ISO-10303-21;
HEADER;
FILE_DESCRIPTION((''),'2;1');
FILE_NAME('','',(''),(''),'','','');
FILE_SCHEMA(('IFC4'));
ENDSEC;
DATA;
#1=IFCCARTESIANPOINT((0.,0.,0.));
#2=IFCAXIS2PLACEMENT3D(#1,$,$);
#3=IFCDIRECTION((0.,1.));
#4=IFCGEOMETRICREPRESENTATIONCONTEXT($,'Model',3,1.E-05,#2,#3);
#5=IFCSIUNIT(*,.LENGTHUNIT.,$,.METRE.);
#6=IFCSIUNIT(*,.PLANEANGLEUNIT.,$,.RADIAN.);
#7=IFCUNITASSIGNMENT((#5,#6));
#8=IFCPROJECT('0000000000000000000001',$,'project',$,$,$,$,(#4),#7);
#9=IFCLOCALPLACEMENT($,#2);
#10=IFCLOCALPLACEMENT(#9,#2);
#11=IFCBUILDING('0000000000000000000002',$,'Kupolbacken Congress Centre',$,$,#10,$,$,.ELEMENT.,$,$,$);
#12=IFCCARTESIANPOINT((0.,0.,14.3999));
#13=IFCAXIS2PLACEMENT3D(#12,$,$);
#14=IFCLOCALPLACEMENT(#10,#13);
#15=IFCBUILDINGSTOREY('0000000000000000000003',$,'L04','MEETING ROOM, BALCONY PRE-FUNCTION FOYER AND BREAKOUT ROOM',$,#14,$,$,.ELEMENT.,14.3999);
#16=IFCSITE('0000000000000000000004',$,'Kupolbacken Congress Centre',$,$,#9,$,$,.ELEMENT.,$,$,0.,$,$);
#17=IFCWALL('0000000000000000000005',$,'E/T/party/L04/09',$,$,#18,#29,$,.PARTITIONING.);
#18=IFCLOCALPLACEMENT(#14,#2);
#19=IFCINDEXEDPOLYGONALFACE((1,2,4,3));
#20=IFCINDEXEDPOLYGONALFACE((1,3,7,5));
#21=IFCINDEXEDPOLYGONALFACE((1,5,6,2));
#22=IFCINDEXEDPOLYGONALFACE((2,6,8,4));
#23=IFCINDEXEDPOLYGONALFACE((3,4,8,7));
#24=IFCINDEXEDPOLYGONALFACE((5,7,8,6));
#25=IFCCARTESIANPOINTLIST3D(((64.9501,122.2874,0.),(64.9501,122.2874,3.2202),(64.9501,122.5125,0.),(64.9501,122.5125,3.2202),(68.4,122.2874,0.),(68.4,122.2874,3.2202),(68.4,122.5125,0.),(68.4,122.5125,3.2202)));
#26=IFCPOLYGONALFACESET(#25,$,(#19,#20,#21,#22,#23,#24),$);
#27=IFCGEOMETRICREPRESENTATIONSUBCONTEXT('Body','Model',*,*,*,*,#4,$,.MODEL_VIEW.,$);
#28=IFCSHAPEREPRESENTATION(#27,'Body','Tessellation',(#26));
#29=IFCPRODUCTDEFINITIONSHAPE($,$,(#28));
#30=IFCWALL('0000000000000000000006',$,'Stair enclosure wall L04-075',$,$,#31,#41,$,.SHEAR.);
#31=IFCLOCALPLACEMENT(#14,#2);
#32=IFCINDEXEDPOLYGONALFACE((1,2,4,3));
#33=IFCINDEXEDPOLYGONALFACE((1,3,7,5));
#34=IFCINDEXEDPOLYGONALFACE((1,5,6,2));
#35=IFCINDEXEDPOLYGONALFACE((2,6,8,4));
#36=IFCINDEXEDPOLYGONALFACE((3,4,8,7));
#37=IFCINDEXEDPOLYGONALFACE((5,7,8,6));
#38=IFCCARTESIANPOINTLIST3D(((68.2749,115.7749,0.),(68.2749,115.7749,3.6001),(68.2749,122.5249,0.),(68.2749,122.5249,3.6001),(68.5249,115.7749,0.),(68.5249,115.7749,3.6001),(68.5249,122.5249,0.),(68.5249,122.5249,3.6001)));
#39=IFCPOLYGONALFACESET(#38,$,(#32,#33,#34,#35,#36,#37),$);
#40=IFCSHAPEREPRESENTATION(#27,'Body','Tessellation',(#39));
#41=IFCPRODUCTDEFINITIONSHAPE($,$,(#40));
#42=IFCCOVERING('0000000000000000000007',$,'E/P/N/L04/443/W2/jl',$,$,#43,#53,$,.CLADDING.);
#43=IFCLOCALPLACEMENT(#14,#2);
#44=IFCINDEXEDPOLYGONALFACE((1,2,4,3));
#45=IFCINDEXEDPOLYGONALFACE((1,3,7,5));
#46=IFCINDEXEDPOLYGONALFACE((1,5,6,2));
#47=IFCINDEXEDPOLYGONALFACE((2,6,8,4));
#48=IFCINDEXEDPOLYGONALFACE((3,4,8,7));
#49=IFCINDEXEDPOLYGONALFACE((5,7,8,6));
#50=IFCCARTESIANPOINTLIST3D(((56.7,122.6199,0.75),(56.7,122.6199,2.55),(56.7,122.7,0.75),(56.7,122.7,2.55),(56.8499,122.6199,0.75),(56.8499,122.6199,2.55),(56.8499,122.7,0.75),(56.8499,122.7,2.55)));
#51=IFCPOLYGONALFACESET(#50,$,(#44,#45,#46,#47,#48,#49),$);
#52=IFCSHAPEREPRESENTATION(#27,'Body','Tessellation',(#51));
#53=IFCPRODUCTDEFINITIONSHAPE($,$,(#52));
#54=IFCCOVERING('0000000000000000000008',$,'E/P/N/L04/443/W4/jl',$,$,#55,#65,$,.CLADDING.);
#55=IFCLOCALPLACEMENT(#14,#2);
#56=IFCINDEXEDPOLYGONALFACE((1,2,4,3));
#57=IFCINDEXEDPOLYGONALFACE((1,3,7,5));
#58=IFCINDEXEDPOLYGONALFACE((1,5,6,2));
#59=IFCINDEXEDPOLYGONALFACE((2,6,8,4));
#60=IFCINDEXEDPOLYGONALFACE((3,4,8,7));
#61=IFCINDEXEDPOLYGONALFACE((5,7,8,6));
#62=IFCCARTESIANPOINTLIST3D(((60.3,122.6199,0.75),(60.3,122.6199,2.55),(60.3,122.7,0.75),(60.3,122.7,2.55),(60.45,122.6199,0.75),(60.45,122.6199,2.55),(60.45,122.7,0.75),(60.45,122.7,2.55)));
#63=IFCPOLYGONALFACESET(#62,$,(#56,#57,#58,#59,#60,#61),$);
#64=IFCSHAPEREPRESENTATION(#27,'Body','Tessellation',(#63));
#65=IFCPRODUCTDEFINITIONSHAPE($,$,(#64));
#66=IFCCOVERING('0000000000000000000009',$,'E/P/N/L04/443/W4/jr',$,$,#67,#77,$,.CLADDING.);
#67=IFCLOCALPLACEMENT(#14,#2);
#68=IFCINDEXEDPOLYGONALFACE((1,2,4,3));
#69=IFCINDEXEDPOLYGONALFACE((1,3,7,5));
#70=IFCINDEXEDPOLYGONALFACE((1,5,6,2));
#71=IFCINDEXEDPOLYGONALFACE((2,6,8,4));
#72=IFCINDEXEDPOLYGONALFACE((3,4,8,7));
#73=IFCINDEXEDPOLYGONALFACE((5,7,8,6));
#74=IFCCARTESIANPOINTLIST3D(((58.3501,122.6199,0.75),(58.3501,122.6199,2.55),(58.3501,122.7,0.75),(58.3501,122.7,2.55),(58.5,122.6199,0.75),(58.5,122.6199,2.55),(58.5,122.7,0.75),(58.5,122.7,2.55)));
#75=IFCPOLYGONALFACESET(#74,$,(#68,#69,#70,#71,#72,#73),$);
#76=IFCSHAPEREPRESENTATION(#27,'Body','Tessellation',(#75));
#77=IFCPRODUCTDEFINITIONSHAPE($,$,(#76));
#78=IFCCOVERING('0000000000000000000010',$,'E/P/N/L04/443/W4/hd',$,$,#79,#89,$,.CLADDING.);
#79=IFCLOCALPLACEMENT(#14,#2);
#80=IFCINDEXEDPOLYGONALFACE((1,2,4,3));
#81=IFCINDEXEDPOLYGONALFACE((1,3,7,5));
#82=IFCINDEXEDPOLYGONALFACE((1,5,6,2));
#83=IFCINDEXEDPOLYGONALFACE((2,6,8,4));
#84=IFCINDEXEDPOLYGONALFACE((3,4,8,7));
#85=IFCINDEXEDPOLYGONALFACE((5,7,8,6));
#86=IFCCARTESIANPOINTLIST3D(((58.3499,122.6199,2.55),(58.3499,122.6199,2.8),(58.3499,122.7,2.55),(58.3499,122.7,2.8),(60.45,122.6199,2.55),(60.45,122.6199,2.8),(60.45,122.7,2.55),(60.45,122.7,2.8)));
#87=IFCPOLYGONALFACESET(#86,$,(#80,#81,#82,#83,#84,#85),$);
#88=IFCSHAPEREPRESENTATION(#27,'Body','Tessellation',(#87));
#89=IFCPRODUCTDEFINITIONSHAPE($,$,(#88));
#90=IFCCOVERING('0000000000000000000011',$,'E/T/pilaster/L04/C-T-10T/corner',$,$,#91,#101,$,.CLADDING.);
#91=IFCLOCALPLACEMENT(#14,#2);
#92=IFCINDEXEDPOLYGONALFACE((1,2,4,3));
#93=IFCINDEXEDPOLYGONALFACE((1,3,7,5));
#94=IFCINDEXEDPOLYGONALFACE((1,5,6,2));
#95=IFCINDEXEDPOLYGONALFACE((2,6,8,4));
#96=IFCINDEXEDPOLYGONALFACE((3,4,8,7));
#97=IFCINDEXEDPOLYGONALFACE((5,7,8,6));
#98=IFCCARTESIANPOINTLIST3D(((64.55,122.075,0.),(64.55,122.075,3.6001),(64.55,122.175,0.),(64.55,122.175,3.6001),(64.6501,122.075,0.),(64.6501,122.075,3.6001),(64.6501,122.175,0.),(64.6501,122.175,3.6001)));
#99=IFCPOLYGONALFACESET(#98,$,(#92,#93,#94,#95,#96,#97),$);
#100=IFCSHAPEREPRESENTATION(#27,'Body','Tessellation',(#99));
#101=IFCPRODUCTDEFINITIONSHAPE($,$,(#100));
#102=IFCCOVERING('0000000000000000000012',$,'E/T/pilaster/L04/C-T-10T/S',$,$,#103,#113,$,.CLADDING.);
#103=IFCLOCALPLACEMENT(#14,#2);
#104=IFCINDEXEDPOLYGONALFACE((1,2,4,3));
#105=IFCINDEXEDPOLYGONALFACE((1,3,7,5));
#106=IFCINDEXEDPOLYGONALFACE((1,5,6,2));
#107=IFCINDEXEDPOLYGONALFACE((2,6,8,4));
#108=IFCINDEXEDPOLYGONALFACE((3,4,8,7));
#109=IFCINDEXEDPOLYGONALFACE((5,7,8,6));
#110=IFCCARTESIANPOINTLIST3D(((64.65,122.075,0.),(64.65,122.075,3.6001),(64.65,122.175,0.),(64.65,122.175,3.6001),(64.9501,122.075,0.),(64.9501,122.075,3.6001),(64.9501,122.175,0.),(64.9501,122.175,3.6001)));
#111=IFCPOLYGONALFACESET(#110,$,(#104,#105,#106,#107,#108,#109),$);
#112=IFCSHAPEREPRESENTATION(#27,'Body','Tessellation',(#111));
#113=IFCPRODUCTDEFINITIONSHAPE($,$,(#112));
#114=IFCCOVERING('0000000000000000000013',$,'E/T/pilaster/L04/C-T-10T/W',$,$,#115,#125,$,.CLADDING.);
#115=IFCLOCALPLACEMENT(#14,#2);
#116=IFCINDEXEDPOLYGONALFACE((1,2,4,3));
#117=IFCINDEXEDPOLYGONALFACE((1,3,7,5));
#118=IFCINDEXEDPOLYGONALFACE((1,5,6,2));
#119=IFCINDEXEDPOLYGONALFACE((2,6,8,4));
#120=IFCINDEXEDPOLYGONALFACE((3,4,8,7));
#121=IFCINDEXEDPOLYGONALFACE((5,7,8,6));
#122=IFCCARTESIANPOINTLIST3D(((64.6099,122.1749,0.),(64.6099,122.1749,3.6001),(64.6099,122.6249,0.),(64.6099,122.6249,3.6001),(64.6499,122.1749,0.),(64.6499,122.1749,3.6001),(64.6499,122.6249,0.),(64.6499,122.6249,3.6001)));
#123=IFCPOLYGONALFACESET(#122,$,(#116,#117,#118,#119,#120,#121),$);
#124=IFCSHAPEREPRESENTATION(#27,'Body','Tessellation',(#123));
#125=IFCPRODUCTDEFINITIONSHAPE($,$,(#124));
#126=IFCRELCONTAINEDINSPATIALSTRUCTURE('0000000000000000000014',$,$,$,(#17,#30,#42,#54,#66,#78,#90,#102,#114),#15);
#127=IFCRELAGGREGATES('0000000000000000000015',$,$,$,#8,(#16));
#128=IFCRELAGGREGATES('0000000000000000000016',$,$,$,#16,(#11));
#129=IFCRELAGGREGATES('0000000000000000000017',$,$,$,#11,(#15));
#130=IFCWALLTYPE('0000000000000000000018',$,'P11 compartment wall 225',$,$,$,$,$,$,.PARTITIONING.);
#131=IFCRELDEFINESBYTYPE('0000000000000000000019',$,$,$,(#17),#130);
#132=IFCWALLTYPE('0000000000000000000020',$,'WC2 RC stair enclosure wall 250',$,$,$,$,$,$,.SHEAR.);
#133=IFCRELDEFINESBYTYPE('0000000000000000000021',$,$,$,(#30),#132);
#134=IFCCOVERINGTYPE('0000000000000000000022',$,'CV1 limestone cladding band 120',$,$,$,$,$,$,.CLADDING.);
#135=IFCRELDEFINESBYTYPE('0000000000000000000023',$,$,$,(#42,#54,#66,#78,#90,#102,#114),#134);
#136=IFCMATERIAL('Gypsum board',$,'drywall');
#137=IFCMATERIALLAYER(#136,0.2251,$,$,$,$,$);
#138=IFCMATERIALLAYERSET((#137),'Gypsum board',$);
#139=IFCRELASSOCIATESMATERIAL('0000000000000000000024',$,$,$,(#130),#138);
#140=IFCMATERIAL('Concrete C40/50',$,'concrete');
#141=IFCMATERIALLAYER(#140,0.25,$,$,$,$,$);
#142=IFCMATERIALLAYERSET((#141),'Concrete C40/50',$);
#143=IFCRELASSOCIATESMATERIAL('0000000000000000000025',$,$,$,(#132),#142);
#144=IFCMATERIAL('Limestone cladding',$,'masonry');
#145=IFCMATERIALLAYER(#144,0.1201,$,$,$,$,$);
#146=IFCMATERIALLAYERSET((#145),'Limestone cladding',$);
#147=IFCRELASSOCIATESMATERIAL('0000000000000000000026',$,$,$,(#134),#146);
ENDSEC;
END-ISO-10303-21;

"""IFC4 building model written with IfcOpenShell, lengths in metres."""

from ifc_helpers import new_model, si_unit, direction, frame, frame_2d, origin, origin_2d, place, context, subcontext, project, spatial, rectangle, extrude, material, layer, layer_set, type_object, element, save


model = new_model("IFC4")

# Units and contexts
model_context = context("Model", 3, precision=1e-05, world=origin(), true_north=direction((0.0, 1.0)))
body_context = subcontext(model_context, "Body", "Model", "MODEL_VIEW")
ifc_project = project(units=[si_unit("LENGTHUNIT", "METRE"), si_unit("PLANEANGLEUNIT", "RADIAN")], contexts=[model_context])

# Site, building, storey
site_placement = place(None, origin())
site = spatial("IfcSite", under=ifc_project, at=site_placement, Name="Kupolbacken Congress Centre", CompositionType="ELEMENT", RefElevation=0.0)
building_placement = place(site_placement, origin())
building = spatial("IfcBuilding", under=site, at=building_placement, Name="Kupolbacken Congress Centre", CompositionType="ELEMENT")
storey_placement = place(building_placement, frame((0.0, 0.0, 14.3999)))
storey = spatial("IfcBuildingStorey", under=building, at=storey_placement, Name="L04", Description="MEETING ROOM, BALCONY PRE-FUNCTION FOYER AND BREAKOUT ROOM", CompositionType="ELEMENT", Elevation=14.3999)

# Wall
ifc_material_1 = material(Name="Gypsum board", Category="drywall")
ifc_layer_1 = layer(ifc_material_1, 0.2251)
ifc_layer_set_1 = layer_set([ifc_layer_1], Name="Gypsum board")
wall_type_1 = type_object("IfcWallType", Name="P11 compartment wall 225", PredefinedType="PARTITIONING", material=ifc_layer_set_1)
wall_1_placement = place(storey_placement, frame((64.95, 122.3999, 0.0), z_axis=(0.0, 0.0, 1.0), x_axis=(1.0, 0.0, 0.0)))
element("IfcWall", 1, at=wall_1_placement, inside=storey, type_object=wall_type_1, Name="E/T/party/L04/09", PredefinedType="PARTITIONING", context=body_context, shape_type="SweptSolid", body=[
    extrude(rectangle(XDim=3.45, YDim=0.2251, at=frame_2d((1.7251, 0.0))), origin(), (0.0, 0.0, 1.0), 3.2202),
])

# Shared definitions
ifc_material_2 = material(Name="Concrete C40/50", Category="concrete")
ifc_layer_2 = layer(ifc_material_2, 0.25)
ifc_layer_set_2 = layer_set([ifc_layer_2], Name="Concrete C40/50")
wall_type_2 = type_object("IfcWallType", Name="WC2 RC stair enclosure wall 250", PredefinedType="SHEAR", material=ifc_layer_set_2)

# Wall
wall_2_placement = place(storey_placement, frame((68.3999, 122.5249, 0.0), z_axis=(0.0, 0.0, 1.0), x_axis=(0.0, -1.0, 0.0)))
element("IfcWall", 2, at=wall_2_placement, inside=storey, type_object=wall_type_2, Name="Stair enclosure wall L04-075", PredefinedType="SHEAR", context=body_context, shape_type="SweptSolid", body=[
    extrude(rectangle(XDim=6.75, YDim=0.25, at=frame_2d((3.375, 0.0))), origin(), (0.0, 0.0, 1.0), 3.6001),
])

# Coverings
ifc_material_3 = material(Name="Limestone cladding", Category="masonry")
ifc_layer_3 = layer(ifc_material_3, 0.1201)
ifc_layer_set_3 = layer_set([ifc_layer_3], Name="Limestone cladding")
covering_type = type_object("IfcCoveringType", Name="CV1 limestone cladding band 120", PredefinedType="CLADDING", material=ifc_layer_set_3)
for number, where, z_axis, x_axis, name in (
    (3, (56.7749, 122.6599, 0.75), (0.0, 0.0, 1.0), (-1.0, 0.0, 0.0), "E/P/N/L04/443/W2/jl"),
    (4, (60.375, 122.6599, 0.75), (0.0, 0.0, 1.0), (-1.0, 0.0, 0.0), "E/P/N/L04/443/W4/jl"),
    (5, (58.425, 122.6599, 0.75), (0.0, 0.0, 1.0), (-1.0, 0.0, 0.0), "E/P/N/L04/443/W4/jr"),
):
    element("IfcCovering", number, at=place(storey_placement, frame(where, z_axis=z_axis, x_axis=x_axis)), inside=storey, type_object=covering_type, Name=name, PredefinedType="CLADDING", context=body_context, shape_type="SweptSolid", body=[
        extrude(rectangle(XDim=0.1499, YDim=0.0801, at=origin_2d()), origin(), (0.0, 0.0, 1.0), 1.8),
    ])
covering_1_placement = place(storey_placement, frame((59.3999, 122.6599, 2.55), z_axis=(0.0, 0.0, 1.0), x_axis=(-1.0, 0.0, 0.0)))
element("IfcCovering", 6, at=covering_1_placement, inside=storey, type_object=covering_type, Name="E/P/N/L04/443/W4/hd", PredefinedType="CLADDING", context=body_context, shape_type="SweptSolid", body=[
    extrude(rectangle(XDim=2.1001, YDim=0.0801, at=origin_2d()), origin(), (0.0, 0.0, 1.0), 0.25),
])
covering_2_placement = place(storey_placement, frame((64.6001, 122.125, 0.0), z_axis=(0.0, 0.0, 1.0), x_axis=(1.0, 0.0, 0.0)))
element("IfcCovering", 7, at=covering_2_placement, inside=storey, type_object=covering_type, Name="E/T/pilaster/L04/C-T-10T/corner", PredefinedType="CLADDING", context=body_context, shape_type="SweptSolid", body=[
    extrude(rectangle(XDim=0.1001, YDim=0.1001, at=origin_2d()), origin(), (0.0, 0.0, 1.0), 3.6001),
])
covering_3_placement = place(storey_placement, frame((64.8, 122.125, 0.0), z_axis=(0.0, 0.0, 1.0), x_axis=(1.0, 0.0, 0.0)))
element("IfcCovering", 8, at=covering_3_placement, inside=storey, type_object=covering_type, Name="E/T/pilaster/L04/C-T-10T/S", PredefinedType="CLADDING", context=body_context, shape_type="SweptSolid", body=[
    extrude(rectangle(XDim=0.3, YDim=0.1001, at=origin_2d()), origin(), (0.0, 0.0, 1.0), 3.6001),
])
covering_4_placement = place(storey_placement, frame((64.6299, 122.3999, 0.0), z_axis=(0.0, 0.0, 1.0), x_axis=(1.0, 0.0, 0.0)))
element("IfcCovering", 9, at=covering_4_placement, inside=storey, type_object=covering_type, Name="E/T/pilaster/L04/C-T-10T/W", PredefinedType="CLADDING", context=body_context, shape_type="SweptSolid", body=[
    extrude(rectangle(XDim=0.04, YDim=0.45, at=origin_2d()), origin(), (0.0, 0.0, 1.0), 3.6001),
])

save(model, "model.ifc")
